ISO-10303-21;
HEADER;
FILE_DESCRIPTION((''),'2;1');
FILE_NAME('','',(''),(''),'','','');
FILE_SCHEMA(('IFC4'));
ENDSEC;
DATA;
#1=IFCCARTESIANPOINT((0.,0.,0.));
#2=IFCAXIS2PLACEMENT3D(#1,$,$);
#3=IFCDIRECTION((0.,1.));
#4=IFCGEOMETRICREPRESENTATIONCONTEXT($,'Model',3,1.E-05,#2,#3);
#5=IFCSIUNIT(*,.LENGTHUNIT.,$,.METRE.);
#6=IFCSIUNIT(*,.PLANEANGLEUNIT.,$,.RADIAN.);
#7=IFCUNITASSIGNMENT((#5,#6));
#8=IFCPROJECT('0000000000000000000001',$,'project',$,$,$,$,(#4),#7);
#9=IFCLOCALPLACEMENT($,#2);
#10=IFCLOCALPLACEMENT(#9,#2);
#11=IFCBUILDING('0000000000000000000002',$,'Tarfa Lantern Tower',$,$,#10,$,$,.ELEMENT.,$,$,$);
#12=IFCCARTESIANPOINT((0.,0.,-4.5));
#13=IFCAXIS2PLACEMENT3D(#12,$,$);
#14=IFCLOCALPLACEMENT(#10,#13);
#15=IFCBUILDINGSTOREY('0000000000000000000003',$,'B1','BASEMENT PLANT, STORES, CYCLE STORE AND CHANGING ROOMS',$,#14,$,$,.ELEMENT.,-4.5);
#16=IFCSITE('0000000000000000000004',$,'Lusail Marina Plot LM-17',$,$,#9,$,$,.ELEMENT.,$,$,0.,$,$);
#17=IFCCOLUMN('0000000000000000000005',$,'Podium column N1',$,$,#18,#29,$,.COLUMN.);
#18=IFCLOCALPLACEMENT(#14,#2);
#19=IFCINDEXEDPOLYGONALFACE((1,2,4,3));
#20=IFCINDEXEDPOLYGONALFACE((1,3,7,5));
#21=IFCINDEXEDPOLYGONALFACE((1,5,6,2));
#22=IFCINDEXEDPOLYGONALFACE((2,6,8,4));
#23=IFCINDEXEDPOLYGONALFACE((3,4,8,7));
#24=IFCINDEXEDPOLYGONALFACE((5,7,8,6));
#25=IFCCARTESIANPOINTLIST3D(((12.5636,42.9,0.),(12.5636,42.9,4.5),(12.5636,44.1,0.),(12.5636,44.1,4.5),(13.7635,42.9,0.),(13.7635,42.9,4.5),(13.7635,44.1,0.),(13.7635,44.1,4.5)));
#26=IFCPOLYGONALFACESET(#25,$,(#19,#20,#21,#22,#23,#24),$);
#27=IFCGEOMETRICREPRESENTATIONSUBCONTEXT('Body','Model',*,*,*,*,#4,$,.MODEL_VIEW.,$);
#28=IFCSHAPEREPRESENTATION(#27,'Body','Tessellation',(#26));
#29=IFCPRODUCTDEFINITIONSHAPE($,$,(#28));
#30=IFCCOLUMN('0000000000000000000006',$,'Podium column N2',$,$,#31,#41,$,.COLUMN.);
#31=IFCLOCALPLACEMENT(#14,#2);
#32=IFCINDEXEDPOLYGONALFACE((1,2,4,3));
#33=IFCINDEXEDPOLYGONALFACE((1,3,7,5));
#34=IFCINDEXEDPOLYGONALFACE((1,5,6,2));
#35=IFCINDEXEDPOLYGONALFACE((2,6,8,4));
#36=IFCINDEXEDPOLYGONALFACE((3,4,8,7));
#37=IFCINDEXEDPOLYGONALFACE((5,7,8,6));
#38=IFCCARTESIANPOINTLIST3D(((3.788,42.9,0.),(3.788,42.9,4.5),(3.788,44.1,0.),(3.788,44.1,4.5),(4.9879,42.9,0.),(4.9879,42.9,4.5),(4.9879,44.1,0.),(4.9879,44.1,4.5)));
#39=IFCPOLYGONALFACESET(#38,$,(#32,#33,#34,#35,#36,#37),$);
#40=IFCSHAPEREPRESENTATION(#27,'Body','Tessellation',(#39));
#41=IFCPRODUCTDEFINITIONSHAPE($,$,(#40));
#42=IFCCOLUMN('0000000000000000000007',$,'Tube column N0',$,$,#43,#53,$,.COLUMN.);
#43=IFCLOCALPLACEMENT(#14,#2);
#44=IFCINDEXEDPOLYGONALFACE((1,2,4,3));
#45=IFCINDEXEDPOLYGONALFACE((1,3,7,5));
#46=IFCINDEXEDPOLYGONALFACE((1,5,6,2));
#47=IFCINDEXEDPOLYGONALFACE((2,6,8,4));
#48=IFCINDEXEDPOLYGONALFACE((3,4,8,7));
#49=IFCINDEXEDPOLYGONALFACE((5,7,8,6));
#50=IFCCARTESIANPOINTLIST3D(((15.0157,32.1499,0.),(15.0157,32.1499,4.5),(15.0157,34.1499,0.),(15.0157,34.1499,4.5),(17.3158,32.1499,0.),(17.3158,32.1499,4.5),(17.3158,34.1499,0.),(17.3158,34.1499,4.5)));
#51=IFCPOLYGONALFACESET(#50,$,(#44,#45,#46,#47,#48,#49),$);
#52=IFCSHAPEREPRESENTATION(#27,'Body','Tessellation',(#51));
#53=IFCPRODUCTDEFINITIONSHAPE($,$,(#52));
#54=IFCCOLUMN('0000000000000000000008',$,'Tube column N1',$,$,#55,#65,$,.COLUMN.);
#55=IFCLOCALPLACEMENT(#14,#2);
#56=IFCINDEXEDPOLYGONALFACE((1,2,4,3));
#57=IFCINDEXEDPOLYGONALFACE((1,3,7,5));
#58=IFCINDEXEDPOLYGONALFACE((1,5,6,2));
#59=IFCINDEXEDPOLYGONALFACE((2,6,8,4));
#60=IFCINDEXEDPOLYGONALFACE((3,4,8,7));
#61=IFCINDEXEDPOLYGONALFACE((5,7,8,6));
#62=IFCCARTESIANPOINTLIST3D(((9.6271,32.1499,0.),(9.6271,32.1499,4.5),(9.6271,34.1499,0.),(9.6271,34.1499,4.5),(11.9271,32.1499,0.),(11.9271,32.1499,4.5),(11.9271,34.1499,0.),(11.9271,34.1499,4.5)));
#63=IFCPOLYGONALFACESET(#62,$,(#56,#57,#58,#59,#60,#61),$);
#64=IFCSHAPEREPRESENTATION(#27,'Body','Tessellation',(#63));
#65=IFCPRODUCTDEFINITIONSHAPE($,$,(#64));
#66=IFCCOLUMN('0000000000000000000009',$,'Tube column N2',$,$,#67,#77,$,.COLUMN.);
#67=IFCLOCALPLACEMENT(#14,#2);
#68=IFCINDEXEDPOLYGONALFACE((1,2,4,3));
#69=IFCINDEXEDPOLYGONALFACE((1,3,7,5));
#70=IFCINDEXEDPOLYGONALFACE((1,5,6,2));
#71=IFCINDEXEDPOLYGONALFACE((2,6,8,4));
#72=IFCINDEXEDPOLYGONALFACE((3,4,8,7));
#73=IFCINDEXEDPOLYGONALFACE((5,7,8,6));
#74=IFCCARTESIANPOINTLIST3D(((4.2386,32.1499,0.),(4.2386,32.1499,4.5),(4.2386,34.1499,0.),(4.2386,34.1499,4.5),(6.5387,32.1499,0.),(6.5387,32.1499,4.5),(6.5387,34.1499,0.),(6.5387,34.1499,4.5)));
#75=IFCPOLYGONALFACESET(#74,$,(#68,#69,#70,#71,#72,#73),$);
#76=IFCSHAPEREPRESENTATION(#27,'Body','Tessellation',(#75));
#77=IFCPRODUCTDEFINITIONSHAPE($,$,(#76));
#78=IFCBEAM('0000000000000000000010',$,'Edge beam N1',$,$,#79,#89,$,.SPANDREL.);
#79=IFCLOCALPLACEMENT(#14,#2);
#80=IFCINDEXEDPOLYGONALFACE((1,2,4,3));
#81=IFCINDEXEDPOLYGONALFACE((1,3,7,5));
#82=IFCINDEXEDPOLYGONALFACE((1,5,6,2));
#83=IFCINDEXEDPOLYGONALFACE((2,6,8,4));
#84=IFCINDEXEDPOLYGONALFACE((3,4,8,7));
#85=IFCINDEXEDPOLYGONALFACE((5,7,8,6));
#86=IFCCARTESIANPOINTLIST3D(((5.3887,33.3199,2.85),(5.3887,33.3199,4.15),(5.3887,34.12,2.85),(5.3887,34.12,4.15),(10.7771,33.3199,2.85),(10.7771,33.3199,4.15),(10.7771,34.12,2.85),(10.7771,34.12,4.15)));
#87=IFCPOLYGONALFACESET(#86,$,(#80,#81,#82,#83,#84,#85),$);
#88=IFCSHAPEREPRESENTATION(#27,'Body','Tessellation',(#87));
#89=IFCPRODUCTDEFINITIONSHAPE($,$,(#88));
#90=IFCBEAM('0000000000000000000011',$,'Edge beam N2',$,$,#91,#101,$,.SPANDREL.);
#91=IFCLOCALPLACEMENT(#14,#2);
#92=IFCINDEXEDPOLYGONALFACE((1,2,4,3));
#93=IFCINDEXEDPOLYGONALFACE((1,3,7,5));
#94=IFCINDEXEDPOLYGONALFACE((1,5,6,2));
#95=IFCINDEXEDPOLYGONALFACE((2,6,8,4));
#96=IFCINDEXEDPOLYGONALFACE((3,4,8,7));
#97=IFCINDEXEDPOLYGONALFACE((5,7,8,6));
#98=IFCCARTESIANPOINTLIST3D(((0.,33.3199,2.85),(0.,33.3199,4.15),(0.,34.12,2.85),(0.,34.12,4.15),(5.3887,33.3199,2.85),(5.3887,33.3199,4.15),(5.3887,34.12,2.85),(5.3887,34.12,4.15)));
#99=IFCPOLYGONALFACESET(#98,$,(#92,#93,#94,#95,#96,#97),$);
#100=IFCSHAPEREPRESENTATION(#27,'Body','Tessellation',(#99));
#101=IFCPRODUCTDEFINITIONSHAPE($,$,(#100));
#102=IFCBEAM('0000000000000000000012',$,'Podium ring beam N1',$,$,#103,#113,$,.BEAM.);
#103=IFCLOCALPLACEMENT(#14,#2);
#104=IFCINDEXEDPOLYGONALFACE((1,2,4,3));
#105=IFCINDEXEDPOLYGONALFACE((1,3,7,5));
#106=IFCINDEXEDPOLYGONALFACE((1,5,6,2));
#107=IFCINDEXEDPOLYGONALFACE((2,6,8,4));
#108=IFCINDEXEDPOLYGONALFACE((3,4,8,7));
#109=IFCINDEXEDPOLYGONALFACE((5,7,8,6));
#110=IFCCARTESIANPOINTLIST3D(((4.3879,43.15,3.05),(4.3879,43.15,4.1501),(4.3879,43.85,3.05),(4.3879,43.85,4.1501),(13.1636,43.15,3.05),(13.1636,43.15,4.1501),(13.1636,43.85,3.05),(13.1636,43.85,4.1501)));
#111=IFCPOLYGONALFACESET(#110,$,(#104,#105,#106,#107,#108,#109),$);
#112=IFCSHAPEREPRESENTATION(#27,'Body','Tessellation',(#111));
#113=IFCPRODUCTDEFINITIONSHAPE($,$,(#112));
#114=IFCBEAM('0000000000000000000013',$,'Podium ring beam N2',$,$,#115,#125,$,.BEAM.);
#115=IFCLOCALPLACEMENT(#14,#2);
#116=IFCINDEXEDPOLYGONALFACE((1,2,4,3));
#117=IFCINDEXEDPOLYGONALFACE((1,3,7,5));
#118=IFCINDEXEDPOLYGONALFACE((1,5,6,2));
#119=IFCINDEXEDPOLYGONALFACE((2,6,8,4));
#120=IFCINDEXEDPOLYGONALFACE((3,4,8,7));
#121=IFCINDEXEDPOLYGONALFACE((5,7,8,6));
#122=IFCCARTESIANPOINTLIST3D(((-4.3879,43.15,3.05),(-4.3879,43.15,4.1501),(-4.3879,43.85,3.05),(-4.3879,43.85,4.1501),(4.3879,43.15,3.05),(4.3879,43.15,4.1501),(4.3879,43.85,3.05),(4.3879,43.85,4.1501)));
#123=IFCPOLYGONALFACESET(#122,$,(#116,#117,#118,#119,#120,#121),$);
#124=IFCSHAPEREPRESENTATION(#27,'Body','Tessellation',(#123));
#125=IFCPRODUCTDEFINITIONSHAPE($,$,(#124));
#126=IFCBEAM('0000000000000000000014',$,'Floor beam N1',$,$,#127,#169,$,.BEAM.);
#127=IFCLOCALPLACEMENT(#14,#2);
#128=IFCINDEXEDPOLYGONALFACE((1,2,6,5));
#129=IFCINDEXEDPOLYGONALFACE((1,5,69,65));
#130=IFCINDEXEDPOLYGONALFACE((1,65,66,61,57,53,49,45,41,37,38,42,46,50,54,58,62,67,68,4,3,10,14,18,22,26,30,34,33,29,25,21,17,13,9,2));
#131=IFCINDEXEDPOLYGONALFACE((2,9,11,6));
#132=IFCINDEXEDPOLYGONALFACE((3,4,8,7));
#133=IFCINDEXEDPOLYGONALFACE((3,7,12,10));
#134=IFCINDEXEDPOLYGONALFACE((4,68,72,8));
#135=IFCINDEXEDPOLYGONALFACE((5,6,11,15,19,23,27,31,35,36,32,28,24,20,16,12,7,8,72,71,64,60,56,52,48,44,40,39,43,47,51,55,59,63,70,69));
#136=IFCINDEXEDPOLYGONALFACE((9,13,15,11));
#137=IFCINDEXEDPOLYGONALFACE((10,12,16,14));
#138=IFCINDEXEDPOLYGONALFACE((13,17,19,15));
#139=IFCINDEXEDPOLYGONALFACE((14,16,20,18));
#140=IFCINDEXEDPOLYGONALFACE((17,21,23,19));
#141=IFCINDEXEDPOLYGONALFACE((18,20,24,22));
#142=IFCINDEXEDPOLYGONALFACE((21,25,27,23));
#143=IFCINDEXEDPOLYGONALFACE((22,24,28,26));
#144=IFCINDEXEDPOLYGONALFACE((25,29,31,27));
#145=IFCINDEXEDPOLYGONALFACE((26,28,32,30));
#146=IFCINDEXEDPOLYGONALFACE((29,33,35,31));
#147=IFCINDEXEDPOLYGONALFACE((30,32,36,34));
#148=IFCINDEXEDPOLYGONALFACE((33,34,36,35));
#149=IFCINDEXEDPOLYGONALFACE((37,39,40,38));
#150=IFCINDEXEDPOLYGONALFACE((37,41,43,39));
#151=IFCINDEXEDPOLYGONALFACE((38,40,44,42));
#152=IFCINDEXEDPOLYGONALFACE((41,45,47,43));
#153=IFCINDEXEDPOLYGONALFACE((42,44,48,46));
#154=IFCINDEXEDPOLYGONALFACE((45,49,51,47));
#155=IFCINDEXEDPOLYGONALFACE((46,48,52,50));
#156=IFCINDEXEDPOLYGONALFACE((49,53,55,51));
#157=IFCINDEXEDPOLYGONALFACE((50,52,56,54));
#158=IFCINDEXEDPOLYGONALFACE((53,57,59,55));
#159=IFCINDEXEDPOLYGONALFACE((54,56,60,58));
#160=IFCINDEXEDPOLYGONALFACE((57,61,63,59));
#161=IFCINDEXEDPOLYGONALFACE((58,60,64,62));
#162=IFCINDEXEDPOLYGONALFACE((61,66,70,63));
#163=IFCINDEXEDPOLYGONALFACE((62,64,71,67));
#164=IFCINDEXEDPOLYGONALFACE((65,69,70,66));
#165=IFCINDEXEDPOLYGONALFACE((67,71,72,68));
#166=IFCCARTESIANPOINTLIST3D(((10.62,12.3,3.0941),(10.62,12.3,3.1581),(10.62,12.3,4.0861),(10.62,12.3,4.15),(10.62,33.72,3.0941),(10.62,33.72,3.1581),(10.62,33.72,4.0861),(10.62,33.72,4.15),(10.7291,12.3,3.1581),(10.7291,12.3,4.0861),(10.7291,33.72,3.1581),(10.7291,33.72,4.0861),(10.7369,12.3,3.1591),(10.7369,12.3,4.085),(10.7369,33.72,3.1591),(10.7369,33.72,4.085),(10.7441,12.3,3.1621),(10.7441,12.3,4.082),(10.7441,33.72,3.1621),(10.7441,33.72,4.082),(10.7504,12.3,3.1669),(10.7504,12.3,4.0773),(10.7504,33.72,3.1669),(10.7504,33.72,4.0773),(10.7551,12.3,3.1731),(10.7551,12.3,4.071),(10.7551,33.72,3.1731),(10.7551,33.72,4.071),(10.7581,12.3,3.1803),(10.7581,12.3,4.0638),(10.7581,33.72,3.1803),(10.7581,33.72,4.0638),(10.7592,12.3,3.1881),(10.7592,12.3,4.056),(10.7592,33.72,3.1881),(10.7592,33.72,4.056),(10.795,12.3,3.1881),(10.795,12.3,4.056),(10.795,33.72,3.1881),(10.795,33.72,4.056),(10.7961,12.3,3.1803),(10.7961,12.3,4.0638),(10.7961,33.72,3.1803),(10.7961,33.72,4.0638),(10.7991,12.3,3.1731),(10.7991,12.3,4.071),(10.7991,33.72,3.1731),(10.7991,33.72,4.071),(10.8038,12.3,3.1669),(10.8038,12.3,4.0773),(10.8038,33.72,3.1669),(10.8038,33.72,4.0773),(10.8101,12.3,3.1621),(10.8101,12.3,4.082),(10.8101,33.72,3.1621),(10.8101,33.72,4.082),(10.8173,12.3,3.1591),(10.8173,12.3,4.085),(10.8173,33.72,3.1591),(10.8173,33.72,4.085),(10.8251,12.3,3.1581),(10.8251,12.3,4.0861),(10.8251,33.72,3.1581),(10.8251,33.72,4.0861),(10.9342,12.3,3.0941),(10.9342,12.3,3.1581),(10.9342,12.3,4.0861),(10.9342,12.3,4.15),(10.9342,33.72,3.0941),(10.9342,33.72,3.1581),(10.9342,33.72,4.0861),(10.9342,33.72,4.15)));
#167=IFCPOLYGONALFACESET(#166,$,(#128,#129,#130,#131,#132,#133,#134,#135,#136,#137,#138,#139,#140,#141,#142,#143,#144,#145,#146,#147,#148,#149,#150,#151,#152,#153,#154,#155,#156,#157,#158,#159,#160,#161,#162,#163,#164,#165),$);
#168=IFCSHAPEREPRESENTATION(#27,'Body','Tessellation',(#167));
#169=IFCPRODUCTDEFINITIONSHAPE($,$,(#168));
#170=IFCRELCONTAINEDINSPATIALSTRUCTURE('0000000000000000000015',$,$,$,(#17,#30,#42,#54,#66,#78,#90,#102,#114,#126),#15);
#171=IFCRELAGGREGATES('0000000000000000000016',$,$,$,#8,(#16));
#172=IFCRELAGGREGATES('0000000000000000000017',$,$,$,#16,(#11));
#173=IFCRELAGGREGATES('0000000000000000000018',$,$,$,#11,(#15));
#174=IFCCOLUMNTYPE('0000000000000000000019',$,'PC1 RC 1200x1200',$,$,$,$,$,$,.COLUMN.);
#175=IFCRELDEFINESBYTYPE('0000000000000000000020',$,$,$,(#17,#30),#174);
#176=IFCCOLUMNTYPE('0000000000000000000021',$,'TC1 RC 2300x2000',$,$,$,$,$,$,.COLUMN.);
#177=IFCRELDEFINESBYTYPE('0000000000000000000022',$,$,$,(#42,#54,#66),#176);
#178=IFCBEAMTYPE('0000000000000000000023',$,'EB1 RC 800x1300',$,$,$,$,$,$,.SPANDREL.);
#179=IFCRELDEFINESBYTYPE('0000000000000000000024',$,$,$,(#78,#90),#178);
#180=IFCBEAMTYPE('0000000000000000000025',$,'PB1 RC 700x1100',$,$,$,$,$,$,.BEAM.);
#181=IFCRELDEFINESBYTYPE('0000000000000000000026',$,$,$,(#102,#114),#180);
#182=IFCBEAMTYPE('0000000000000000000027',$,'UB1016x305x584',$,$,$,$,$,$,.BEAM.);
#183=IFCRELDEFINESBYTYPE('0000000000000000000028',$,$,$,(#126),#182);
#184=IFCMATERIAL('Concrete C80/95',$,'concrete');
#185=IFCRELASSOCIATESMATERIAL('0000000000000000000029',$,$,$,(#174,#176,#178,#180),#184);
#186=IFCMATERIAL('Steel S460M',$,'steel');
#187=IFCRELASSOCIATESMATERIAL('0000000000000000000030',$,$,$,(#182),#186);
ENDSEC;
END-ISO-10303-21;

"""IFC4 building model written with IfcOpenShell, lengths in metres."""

from ifc_helpers import new_model, si_unit, direction, frame, origin, origin_2d, place, context, subcontext, project, spatial, rectangle, i_section, extrude, material, material_profile, profile_set, type_object, element, save


model = new_model("IFC4")

# Units and contexts
model_context = context("Model", 3, precision=1e-05, world=origin(), true_north=direction((0.0, 1.0)))
body_context = subcontext(model_context, "Body", "Model", "MODEL_VIEW")
ifc_project = project(units=[si_unit("LENGTHUNIT", "METRE"), si_unit("PLANEANGLEUNIT", "RADIAN")], contexts=[model_context])

# Site, building, storey
site_placement = place(None, origin())
site = spatial("IfcSite", under=ifc_project, at=site_placement, Name="Lusail Marina Plot LM-17", CompositionType="ELEMENT", RefElevation=0.0)
building_placement = place(site_placement, origin())
building = spatial("IfcBuilding", under=site, at=building_placement, Name="Tarfa Lantern Tower", CompositionType="ELEMENT")
storey_placement = place(building_placement, frame((0.0, 0.0, -4.5)))
storey = spatial("IfcBuildingStorey", under=building, at=storey_placement, Name="B1", Description="BASEMENT PLANT, STORES, CYCLE STORE AND CHANGING ROOMS", CompositionType="ELEMENT", Elevation=-4.5)

# Columns
ifc_material_1 = material(Name="Concrete C80/95", Category="concrete")
ifc_material_profile_1 = material_profile(ifc_material_1, rectangle(XDim=1.2, YDim=1.2, at=origin_2d()), Name="RC 1200x1200")
ifc_profile_set_1 = profile_set([ifc_material_profile_1], Name="Concrete C80/95")
column_type_1 = type_object("IfcColumnType", Name="PC1 RC 1200x1200", PredefinedType="COLUMN", material=ifc_profile_set_1)
for number, where, z_axis, x_axis, name in (
    (1, (13.1636, 43.5, 0.0), (0.0, 0.0, 1.0), (-1.0, 0.0, 0.0), "Podium column N1"),
    (2, (4.3879, 43.5, 0.0), (0.0, 0.0, 1.0), (-1.0, 0.0, 0.0), "Podium column N2"),
):
    element("IfcColumn", number, at=place(storey_placement, frame(where, z_axis=z_axis, x_axis=x_axis)), inside=storey, type_object=column_type_1, Name=name, PredefinedType="COLUMN", context=body_context, shape_type="SweptSolid", body=[
        extrude(rectangle(XDim=1.2, YDim=1.2, at=origin_2d()), origin(), (0.0, 0.0, 1.0), 4.5),
    ])
ifc_material_profile_2 = material_profile(ifc_material_1, rectangle(XDim=2.3, YDim=2.0, at=origin_2d()), Name="RC 2300x2000")
ifc_profile_set_2 = profile_set([ifc_material_profile_2], Name="Concrete C80/95")
column_type_2 = type_object("IfcColumnType", Name="TC1 RC 2300x2000", PredefinedType="COLUMN", material=ifc_profile_set_2)
for number, where, z_axis, x_axis, name in (
    (3, (16.1658, 33.1499, 0.0), (0.0, 0.0, 1.0), (-1.0, 0.0, 0.0), "Tube column N0"),
    (4, (10.7771, 33.1499, 0.0), (0.0, 0.0, 1.0), (-1.0, 0.0, 0.0), "Tube column N1"),
    (5, (5.3887, 33.1499, 0.0), (0.0, 0.0, 1.0), (-1.0, 0.0, 0.0), "Tube column N2"),
):
    element("IfcColumn", number, at=place(storey_placement, frame(where, z_axis=z_axis, x_axis=x_axis)), inside=storey, type_object=column_type_2, Name=name, PredefinedType="COLUMN", context=body_context, shape_type="SweptSolid", body=[
        extrude(rectangle(XDim=2.3, YDim=2.0, at=origin_2d()), origin(), (0.0, 0.0, 1.0), 4.5),
    ])

# Beams
ifc_material_profile_3 = material_profile(ifc_material_1, rectangle(XDim=0.8, YDim=1.3, at=origin_2d()), Name="RC 800x1300")
ifc_profile_set_3 = profile_set([ifc_material_profile_3], Name="Concrete C80/95")
beam_type_1 = type_object("IfcBeamType", Name="EB1 RC 800x1300", PredefinedType="SPANDREL", material=ifc_profile_set_3)
beam_1_placement = place(storey_placement, frame((10.7771, 33.72, 3.5), z_axis=(-1.0, 0.0, 0.0), x_axis=(0.0, -1.0, 0.0)))
element("IfcBeam", 6, at=beam_1_placement, inside=storey, type_object=beam_type_1, Name="Edge beam N1", PredefinedType="SPANDREL", context=body_context, shape_type="SweptSolid", body=[
    extrude(rectangle(XDim=0.8, YDim=1.3, at=origin_2d()), origin(), (0.0, 0.0, 1.0), 5.3884),
])
beam_2_placement = place(storey_placement, frame((5.3887, 33.72, 3.5), z_axis=(-1.0, 0.0, 0.0), x_axis=(0.0, -1.0, 0.0)))
element("IfcBeam", 7, at=beam_2_placement, inside=storey, type_object=beam_type_1, Name="Edge beam N2", PredefinedType="SPANDREL", context=body_context, shape_type="SweptSolid", body=[
    extrude(rectangle(XDim=0.8, YDim=1.3, at=origin_2d()), origin(), (0.0, 0.0, 1.0), 5.3887),
])
ifc_material_profile_4 = material_profile(ifc_material_1, rectangle(XDim=0.7, YDim=1.1001, at=origin_2d()), Name="RC 700x1100")
ifc_profile_set_4 = profile_set([ifc_material_profile_4], Name="Concrete C80/95")
beam_type_2 = type_object("IfcBeamType", Name="PB1 RC 700x1100", PredefinedType="BEAM", material=ifc_profile_set_4)
beam_3_placement = place(storey_placement, frame((13.1636, 43.5, 3.6001), z_axis=(-1.0, 0.0, 0.0), x_axis=(0.0, -1.0, 0.0)))
element("IfcBeam", 8, at=beam_3_placement, inside=storey, type_object=beam_type_2, Name="Podium ring beam N1", PredefinedType="BEAM", context=body_context, shape_type="SweptSolid", body=[
    extrude(rectangle(XDim=0.7, YDim=1.1001, at=origin_2d()), origin(), (0.0, 0.0, 1.0), 8.7756),
])
beam_4_placement = place(storey_placement, frame((4.3879, 43.5, 3.6001), z_axis=(-1.0, 0.0, 0.0), x_axis=(0.0, -1.0, 0.0)))
element("IfcBeam", 9, at=beam_4_placement, inside=storey, type_object=beam_type_2, Name="Podium ring beam N2", PredefinedType="BEAM", context=body_context, shape_type="SweptSolid", body=[
    extrude(rectangle(XDim=0.7, YDim=1.1001, at=origin_2d()), origin(), (0.0, 0.0, 1.0), 8.7759),
])
ifc_material_2 = material(Name="Steel S460M", Category="steel")
ifc_material_profile_5 = material_profile(ifc_material_2, i_section(OverallWidth=0.3142, OverallDepth=1.0559, WebThickness=0.0359, FlangeThickness=0.064, FilletRadius=0.03, at=origin_2d()), Name="UB1016x305x584")
ifc_profile_set_5 = profile_set([ifc_material_profile_5], Name="Steel S460M")
beam_type_3 = type_object("IfcBeamType", Name="UB1016x305x584", PredefinedType="BEAM", material=ifc_profile_set_5)
for number, where, z_axis, x_axis, name in (
    (10, (10.7771, 33.72, 3.6221), (0.0, -1.0, 0.0), (1.0, 0.0, 0.0), "Floor beam N1"),
):
    element("IfcBeam", number, at=place(storey_placement, frame(where, z_axis=z_axis, x_axis=x_axis)), inside=storey, type_object=beam_type_3, Name=name, PredefinedType="BEAM", context=body_context, shape_type="SweptSolid", body=[
        extrude(i_section(OverallWidth=0.3142, OverallDepth=1.0559, WebThickness=0.0359, FlangeThickness=0.064, FilletRadius=0.03, at=origin_2d()), origin(), (0.0, 0.0, 1.0), 21.4199),
    ])

save(model, "model.ifc")
